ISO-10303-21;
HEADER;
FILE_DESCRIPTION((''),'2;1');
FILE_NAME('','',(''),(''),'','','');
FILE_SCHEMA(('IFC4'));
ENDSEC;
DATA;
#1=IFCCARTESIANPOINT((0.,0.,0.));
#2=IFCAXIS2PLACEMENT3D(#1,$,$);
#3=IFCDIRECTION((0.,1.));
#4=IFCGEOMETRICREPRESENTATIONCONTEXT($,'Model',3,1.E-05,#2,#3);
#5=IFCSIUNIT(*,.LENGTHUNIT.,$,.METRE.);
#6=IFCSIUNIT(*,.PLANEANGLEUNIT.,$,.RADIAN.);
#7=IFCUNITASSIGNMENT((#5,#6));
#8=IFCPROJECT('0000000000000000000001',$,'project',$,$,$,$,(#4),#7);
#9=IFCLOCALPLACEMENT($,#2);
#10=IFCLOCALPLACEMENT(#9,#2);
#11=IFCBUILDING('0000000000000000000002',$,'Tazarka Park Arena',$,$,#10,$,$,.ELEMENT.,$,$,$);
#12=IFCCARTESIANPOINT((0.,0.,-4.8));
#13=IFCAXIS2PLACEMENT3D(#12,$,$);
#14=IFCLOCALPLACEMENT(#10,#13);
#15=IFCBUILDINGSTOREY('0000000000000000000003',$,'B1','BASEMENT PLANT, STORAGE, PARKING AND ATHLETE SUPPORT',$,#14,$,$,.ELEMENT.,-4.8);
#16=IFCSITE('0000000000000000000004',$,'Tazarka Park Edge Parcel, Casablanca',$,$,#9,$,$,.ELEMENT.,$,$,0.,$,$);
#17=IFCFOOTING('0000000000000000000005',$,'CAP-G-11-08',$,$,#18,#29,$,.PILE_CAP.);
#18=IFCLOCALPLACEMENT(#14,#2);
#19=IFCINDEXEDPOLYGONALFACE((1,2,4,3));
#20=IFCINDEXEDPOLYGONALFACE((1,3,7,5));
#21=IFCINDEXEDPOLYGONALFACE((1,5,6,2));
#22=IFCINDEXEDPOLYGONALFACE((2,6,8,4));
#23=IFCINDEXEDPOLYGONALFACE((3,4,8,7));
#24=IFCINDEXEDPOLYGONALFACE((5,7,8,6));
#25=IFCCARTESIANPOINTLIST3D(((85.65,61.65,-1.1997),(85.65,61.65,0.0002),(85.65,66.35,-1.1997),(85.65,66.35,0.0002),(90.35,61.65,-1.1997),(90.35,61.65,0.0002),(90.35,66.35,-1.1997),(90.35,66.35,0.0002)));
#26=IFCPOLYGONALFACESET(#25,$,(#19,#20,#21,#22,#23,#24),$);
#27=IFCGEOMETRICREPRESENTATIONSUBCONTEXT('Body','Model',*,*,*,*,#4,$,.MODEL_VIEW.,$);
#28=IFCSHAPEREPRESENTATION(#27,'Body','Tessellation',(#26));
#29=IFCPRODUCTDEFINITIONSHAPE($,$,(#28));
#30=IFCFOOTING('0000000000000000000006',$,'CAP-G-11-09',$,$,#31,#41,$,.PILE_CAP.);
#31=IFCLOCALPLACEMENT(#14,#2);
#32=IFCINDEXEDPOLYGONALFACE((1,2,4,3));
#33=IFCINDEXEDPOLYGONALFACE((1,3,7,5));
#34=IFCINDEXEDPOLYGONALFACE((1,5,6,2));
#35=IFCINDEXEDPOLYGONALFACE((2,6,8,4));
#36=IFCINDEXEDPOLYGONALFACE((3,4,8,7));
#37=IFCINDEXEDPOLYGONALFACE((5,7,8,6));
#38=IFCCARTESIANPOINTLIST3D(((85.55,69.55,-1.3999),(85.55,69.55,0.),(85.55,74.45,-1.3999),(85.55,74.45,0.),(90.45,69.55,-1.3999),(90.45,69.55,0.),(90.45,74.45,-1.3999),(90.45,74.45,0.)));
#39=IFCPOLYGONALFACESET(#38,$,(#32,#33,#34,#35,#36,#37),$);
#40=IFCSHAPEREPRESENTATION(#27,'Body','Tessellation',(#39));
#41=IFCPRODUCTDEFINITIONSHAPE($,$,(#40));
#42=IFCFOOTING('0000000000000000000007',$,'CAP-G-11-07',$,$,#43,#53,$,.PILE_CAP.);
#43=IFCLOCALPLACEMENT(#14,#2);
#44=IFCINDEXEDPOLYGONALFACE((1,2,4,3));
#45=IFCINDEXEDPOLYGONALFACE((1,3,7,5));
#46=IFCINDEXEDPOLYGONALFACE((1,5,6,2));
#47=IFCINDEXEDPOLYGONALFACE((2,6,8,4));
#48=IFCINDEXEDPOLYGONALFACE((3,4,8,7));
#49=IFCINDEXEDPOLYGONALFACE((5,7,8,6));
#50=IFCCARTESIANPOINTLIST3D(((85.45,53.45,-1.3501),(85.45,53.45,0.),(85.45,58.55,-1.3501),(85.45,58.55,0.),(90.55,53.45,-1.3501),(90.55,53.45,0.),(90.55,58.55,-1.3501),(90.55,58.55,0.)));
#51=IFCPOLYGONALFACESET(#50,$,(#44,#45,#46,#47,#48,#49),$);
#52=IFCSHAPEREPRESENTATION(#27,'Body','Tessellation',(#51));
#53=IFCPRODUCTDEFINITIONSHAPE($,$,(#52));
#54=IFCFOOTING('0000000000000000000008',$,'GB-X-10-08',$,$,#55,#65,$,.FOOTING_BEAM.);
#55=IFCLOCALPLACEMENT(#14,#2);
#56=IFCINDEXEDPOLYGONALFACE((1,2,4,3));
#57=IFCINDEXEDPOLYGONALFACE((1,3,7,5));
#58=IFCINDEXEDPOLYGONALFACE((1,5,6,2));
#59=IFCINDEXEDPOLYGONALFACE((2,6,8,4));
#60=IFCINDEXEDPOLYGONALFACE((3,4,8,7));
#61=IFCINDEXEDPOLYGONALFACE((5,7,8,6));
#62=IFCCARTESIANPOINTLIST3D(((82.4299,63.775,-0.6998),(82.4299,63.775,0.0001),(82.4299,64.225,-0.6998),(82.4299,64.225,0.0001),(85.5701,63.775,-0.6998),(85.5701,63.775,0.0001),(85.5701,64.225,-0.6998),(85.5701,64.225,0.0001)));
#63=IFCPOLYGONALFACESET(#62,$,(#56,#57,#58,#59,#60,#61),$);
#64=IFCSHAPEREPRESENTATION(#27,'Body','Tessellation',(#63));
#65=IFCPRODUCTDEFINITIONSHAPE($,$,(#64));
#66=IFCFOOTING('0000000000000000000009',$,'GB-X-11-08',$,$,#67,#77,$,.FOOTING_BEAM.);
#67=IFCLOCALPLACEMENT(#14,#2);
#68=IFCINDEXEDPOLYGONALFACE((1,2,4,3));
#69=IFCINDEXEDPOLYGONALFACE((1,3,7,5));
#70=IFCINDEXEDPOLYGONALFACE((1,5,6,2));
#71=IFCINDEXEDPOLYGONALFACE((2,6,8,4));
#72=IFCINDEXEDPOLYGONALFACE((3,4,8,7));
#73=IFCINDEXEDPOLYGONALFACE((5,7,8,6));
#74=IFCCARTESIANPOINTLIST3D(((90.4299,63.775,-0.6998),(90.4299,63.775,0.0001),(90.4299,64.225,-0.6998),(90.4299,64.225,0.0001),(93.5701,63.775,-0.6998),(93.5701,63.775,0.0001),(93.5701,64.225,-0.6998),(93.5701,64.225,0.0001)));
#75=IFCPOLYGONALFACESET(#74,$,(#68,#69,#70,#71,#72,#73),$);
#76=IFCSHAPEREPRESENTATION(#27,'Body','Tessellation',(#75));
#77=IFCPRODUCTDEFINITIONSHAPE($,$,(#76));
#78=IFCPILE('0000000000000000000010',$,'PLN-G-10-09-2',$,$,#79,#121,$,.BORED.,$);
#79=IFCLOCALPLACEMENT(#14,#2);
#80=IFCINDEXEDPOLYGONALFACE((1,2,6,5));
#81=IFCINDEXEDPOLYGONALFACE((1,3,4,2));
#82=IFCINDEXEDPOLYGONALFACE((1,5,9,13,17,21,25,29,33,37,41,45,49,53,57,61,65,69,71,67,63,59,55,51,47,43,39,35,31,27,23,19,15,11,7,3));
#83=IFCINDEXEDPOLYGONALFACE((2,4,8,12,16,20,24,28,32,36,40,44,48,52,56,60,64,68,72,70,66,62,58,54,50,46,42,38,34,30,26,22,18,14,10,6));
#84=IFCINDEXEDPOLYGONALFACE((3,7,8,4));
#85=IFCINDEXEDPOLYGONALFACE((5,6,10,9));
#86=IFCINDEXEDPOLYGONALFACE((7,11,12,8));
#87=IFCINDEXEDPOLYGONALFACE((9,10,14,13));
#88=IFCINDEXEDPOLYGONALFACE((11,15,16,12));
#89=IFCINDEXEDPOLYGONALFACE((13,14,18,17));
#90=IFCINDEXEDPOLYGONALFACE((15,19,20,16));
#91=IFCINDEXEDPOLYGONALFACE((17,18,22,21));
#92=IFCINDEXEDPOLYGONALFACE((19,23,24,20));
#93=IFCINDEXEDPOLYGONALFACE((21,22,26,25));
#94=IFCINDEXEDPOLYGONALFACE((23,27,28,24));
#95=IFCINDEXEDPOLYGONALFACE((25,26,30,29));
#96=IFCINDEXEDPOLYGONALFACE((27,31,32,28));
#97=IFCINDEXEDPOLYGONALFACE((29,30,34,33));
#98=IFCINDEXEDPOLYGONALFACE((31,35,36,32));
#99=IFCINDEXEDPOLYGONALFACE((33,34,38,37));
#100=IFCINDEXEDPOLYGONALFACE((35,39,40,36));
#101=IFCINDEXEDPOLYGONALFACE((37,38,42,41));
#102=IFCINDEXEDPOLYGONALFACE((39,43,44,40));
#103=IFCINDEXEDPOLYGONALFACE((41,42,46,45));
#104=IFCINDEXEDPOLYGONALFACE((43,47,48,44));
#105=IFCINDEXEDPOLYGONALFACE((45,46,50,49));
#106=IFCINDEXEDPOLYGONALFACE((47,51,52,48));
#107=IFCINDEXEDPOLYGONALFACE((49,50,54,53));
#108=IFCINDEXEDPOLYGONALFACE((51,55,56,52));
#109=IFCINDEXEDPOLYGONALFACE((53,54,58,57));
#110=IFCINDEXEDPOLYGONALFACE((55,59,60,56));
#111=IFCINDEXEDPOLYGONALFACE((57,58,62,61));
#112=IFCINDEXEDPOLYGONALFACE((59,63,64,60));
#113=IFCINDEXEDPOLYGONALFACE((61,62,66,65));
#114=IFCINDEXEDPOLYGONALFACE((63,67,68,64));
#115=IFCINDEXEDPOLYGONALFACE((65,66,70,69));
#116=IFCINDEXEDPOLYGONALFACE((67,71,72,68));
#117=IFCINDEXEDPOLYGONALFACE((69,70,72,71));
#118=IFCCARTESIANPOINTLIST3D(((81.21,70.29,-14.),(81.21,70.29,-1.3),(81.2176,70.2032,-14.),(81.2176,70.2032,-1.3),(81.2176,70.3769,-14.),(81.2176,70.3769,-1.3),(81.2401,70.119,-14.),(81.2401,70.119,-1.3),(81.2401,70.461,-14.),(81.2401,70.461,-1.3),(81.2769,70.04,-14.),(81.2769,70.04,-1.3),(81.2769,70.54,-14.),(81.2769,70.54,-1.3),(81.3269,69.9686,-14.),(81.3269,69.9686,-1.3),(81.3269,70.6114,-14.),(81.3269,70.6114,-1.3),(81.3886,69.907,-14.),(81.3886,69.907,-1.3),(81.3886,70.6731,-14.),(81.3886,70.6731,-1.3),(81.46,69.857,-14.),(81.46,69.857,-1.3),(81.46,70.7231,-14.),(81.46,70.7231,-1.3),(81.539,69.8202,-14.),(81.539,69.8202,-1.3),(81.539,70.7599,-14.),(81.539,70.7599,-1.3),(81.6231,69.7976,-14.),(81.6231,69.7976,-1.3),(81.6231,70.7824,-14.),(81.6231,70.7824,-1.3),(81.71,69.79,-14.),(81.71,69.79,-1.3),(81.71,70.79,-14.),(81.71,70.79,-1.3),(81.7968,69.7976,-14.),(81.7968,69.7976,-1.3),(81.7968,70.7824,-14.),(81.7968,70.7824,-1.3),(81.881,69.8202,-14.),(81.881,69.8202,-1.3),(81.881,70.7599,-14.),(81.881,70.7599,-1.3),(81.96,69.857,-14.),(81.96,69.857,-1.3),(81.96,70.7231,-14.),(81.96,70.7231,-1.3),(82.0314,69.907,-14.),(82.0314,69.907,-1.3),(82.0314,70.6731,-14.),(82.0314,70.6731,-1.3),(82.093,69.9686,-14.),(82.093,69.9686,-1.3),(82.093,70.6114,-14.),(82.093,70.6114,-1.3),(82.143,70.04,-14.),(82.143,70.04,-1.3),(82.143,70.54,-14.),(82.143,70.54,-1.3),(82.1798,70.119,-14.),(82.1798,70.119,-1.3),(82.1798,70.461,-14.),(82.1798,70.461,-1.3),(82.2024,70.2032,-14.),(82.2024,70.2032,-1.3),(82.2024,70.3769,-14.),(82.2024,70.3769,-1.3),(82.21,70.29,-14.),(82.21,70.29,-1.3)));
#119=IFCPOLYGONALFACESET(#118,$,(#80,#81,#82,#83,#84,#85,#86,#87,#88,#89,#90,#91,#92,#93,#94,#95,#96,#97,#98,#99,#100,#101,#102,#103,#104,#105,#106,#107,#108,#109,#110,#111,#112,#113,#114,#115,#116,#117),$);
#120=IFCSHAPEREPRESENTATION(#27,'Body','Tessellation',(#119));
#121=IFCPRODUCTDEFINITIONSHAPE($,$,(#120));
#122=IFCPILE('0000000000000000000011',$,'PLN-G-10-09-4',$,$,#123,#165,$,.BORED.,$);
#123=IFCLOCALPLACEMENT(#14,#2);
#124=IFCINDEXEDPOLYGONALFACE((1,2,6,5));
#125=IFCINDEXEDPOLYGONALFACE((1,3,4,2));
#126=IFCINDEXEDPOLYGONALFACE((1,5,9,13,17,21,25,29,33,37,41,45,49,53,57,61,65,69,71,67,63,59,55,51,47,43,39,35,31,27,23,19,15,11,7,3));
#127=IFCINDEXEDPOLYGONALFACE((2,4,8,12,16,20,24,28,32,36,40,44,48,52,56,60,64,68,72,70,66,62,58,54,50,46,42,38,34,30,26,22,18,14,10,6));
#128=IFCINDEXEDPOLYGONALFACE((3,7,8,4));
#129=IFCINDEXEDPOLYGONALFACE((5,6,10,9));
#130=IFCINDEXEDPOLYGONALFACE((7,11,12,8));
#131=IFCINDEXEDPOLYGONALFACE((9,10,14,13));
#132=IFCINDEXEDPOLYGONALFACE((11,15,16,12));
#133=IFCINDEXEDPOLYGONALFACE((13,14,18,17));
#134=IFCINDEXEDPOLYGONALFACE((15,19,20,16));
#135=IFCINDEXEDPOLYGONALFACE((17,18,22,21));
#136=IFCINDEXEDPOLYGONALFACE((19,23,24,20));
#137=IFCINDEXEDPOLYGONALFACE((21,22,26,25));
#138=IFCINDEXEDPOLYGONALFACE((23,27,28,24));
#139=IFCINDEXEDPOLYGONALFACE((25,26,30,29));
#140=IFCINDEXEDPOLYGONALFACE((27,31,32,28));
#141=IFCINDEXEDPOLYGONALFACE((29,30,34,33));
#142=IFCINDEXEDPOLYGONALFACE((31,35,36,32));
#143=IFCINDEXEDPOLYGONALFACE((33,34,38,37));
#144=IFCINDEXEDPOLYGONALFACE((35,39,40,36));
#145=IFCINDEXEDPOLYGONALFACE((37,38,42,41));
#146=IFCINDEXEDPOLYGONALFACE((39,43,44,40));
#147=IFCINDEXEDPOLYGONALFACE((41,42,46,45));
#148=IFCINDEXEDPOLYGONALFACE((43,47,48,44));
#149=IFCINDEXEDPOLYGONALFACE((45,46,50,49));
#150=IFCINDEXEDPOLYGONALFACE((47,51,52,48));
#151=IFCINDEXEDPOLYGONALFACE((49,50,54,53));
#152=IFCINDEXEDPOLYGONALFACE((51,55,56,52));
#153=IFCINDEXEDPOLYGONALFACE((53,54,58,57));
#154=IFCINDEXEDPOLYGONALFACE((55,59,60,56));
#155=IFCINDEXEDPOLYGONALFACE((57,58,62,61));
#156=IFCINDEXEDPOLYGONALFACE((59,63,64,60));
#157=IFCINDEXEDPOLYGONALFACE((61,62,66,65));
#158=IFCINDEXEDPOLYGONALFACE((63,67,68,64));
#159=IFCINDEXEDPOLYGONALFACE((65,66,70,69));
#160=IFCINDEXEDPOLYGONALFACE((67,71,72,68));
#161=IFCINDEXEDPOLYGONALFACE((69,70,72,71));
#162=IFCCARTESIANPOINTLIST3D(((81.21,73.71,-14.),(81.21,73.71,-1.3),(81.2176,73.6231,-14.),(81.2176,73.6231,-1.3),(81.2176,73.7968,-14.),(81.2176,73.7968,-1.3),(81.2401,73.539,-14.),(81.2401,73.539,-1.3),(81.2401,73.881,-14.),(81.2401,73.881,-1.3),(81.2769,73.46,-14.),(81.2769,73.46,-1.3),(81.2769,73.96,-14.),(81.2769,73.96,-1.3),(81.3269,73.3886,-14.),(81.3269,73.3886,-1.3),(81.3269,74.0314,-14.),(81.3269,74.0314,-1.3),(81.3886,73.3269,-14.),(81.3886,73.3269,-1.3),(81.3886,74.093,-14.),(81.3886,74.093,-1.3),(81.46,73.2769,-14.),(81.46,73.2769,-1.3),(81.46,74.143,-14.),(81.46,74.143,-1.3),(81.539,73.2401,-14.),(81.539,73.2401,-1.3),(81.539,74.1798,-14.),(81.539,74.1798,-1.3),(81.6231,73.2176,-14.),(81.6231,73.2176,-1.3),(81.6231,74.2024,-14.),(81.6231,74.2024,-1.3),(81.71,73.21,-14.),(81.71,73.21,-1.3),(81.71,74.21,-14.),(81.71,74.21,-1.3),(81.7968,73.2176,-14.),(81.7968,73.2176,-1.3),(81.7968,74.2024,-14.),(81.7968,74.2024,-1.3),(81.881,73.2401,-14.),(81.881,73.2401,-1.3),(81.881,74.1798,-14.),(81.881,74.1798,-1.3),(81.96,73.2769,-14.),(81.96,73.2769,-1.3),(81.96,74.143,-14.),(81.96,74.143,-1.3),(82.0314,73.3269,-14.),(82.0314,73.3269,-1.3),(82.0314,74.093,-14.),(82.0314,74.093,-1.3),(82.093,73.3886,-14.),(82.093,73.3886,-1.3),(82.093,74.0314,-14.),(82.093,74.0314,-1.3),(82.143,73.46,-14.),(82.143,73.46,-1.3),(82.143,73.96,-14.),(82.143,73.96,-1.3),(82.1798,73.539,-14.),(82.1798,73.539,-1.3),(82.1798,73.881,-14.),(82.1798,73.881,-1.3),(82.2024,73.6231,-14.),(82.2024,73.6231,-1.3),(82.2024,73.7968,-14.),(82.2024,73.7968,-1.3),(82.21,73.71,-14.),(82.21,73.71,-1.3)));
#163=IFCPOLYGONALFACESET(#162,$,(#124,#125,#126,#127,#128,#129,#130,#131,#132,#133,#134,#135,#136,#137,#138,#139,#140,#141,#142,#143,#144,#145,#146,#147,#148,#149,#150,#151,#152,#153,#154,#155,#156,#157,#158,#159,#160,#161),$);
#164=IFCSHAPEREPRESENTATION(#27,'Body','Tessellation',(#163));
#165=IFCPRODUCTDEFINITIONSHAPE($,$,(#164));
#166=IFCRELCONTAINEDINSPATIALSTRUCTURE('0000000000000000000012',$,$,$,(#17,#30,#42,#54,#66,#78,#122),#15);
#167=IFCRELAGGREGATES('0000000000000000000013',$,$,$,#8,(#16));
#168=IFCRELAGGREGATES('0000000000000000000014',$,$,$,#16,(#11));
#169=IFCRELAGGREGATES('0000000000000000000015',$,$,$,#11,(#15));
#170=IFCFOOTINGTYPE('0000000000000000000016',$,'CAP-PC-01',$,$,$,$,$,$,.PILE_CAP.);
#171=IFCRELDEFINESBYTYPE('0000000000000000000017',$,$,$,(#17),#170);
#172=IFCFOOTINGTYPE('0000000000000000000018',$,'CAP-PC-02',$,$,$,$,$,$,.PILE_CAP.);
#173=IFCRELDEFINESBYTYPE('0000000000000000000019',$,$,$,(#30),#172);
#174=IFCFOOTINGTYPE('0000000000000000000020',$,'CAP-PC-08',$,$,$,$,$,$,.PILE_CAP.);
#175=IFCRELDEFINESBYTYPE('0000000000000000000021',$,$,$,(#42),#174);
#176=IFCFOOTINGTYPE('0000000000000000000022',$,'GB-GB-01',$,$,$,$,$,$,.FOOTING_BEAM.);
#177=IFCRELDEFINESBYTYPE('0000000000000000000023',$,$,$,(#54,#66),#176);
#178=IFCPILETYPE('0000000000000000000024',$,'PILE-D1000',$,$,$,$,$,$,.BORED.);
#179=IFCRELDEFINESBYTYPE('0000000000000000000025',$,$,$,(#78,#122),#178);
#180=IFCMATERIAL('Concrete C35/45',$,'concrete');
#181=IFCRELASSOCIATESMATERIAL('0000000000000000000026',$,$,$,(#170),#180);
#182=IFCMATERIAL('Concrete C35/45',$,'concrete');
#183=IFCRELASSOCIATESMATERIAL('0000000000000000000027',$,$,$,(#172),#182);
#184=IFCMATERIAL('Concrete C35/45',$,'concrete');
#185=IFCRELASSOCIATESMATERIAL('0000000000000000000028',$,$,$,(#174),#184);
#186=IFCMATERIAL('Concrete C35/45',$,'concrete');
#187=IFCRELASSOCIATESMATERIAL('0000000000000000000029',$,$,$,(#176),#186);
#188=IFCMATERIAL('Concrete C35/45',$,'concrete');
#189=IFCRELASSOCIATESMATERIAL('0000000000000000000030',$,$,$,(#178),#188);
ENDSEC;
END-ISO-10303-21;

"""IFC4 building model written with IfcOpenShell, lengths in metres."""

from ifc_helpers import new_model, si_unit, direction, frame, origin, origin_2d, place, context, subcontext, project, spatial, rectangle, circle, extrude, material, material_profile, profile_set, type_object, element, save


model = new_model("IFC4")

# Units and contexts
model_context = context("Model", 3, precision=1e-05, world=origin(), true_north=direction((0.0, 1.0)))
body_context = subcontext(model_context, "Body", "Model", "MODEL_VIEW")
ifc_project = project(units=[si_unit("LENGTHUNIT", "METRE"), si_unit("PLANEANGLEUNIT", "RADIAN")], contexts=[model_context])

# Site, building, storey
site_placement = place(None, origin())
site = spatial("IfcSite", under=ifc_project, at=site_placement, Name="Tazarka Park Edge Parcel, Casablanca", CompositionType="ELEMENT", RefElevation=0.0)
building_placement = place(site_placement, origin())
building = spatial("IfcBuilding", under=site, at=building_placement, Name="Tazarka Park Arena", CompositionType="ELEMENT")
storey_placement = place(building_placement, frame((0.0, 0.0, -4.8)))
storey = spatial("IfcBuildingStorey", under=building, at=storey_placement, Name="B1", Description="BASEMENT PLANT, STORAGE, PARKING AND ATHLETE SUPPORT", CompositionType="ELEMENT", Elevation=-4.8)

# Footings
ifc_material_1 = material(Name="Concrete C35/45", Category="concrete")
footing_type_1 = type_object("IfcFootingType", Name="CAP-PC-01", PredefinedType="PILE_CAP", material=ifc_material_1)
footing_1_placement = place(storey_placement, frame((88.0, 64.0, -1.1997), z_axis=(0.0, 0.0, 1.0), x_axis=(1.0, 0.0, 0.0)))
element("IfcFooting", 1, at=footing_1_placement, inside=storey, type_object=footing_type_1, Name="CAP-G-11-08", PredefinedType="PILE_CAP", context=body_context, shape_type="SweptSolid", body=[
    extrude(rectangle(XDim=4.7, YDim=4.7, at=origin_2d()), origin(), (0.0, 0.0, 1.0), 1.2),
])
ifc_material_2 = material(Name="Concrete C35/45", Category="concrete")
footing_type_2 = type_object("IfcFootingType", Name="CAP-PC-02", PredefinedType="PILE_CAP", material=ifc_material_2)
footing_2_placement = place(storey_placement, frame((88.0, 72.0, -1.3999), z_axis=(0.0, 0.0, 1.0), x_axis=(1.0, 0.0, 0.0)))
element("IfcFooting", 2, at=footing_2_placement, inside=storey, type_object=footing_type_2, Name="CAP-G-11-09", PredefinedType="PILE_CAP", context=body_context, shape_type="SweptSolid", body=[
    extrude(rectangle(XDim=4.8999, YDim=4.8999, at=origin_2d()), origin(), (0.0, 0.0, 1.0), 1.3999),
])
ifc_material_3 = material(Name="Concrete C35/45", Category="concrete")
footing_type_3 = type_object("IfcFootingType", Name="CAP-PC-08", PredefinedType="PILE_CAP", material=ifc_material_3)
footing_3_placement = place(storey_placement, frame((88.0, 56.0, -1.3501), z_axis=(0.0, 0.0, 1.0), x_axis=(1.0, 0.0, 0.0)))
element("IfcFooting", 3, at=footing_3_placement, inside=storey, type_object=footing_type_3, Name="CAP-G-11-07", PredefinedType="PILE_CAP", context=body_context, shape_type="SweptSolid", body=[
    extrude(rectangle(XDim=5.1001, YDim=5.1001, at=origin_2d()), origin(), (0.0, 0.0, 1.0), 1.3501),
])
ifc_material_4 = material(Name="Concrete C35/45", Category="concrete")
ifc_material_profile_1 = material_profile(ifc_material_4, rectangle(XDim=0.45, YDim=0.7, at=origin_2d()), Name="Concrete C35/45")
ifc_profile_set_1 = profile_set([ifc_material_profile_1], Name="Concrete C35/45")
footing_type_4 = type_object("IfcFootingType", Name="GB-GB-01", PredefinedType="FOOTING_BEAM", material=ifc_profile_set_1)
for number, where, z_axis, x_axis, name in (
    (4, (82.4299, 64.0, -0.3499), (1.0, 0.0, 0.0), (0.0, 1.0, 0.0), "GB-X-10-08"),
    (5, (90.4299, 64.0, -0.3499), (1.0, 0.0, 0.0), (0.0, 1.0, 0.0), "GB-X-11-08"),
):
    element("IfcFooting", number, at=place(storey_placement, frame(where, z_axis=z_axis, x_axis=x_axis)), inside=storey, type_object=footing_type_4, Name=name, PredefinedType="FOOTING_BEAM", context=body_context, shape_type="SweptSolid", body=[
        extrude(rectangle(XDim=0.45, YDim=0.7, at=origin_2d()), origin(), (0.0, 0.0, 1.0), 3.1401),
    ])

# Piles
ifc_material_5 = material(Name="Concrete C35/45", Category="concrete")
ifc_material_profile_2 = material_profile(ifc_material_5, circle(Radius=0.5, at=origin_2d()), Name="Concrete C35/45")
ifc_profile_set_2 = profile_set([ifc_material_profile_2], Name="Concrete C35/45")
pile_type_1 = type_object("IfcPileType", Name="PILE-D1000", PredefinedType="BORED", material=ifc_profile_set_2)
for number, where, z_axis, x_axis, name in (
    (6, (81.71, 70.29, -1.3), (0.0, 0.0, -1.0), (1.0, 0.0, 0.0), "PLN-G-10-09-2"),
    (7, (81.71, 73.71, -1.3), (0.0, 0.0, -1.0), (1.0, 0.0, 0.0), "PLN-G-10-09-4"),
):
    element("IfcPile", number, at=place(storey_placement, frame(where, z_axis=z_axis, x_axis=x_axis)), inside=storey, type_object=pile_type_1, Name=name, PredefinedType="BORED", context=body_context, shape_type="SweptSolid", body=[
        extrude(circle(Radius=0.5, at=origin_2d()), origin(), (0.0, 0.0, 1.0), 12.7),
    ])

save(model, "model.ifc")
